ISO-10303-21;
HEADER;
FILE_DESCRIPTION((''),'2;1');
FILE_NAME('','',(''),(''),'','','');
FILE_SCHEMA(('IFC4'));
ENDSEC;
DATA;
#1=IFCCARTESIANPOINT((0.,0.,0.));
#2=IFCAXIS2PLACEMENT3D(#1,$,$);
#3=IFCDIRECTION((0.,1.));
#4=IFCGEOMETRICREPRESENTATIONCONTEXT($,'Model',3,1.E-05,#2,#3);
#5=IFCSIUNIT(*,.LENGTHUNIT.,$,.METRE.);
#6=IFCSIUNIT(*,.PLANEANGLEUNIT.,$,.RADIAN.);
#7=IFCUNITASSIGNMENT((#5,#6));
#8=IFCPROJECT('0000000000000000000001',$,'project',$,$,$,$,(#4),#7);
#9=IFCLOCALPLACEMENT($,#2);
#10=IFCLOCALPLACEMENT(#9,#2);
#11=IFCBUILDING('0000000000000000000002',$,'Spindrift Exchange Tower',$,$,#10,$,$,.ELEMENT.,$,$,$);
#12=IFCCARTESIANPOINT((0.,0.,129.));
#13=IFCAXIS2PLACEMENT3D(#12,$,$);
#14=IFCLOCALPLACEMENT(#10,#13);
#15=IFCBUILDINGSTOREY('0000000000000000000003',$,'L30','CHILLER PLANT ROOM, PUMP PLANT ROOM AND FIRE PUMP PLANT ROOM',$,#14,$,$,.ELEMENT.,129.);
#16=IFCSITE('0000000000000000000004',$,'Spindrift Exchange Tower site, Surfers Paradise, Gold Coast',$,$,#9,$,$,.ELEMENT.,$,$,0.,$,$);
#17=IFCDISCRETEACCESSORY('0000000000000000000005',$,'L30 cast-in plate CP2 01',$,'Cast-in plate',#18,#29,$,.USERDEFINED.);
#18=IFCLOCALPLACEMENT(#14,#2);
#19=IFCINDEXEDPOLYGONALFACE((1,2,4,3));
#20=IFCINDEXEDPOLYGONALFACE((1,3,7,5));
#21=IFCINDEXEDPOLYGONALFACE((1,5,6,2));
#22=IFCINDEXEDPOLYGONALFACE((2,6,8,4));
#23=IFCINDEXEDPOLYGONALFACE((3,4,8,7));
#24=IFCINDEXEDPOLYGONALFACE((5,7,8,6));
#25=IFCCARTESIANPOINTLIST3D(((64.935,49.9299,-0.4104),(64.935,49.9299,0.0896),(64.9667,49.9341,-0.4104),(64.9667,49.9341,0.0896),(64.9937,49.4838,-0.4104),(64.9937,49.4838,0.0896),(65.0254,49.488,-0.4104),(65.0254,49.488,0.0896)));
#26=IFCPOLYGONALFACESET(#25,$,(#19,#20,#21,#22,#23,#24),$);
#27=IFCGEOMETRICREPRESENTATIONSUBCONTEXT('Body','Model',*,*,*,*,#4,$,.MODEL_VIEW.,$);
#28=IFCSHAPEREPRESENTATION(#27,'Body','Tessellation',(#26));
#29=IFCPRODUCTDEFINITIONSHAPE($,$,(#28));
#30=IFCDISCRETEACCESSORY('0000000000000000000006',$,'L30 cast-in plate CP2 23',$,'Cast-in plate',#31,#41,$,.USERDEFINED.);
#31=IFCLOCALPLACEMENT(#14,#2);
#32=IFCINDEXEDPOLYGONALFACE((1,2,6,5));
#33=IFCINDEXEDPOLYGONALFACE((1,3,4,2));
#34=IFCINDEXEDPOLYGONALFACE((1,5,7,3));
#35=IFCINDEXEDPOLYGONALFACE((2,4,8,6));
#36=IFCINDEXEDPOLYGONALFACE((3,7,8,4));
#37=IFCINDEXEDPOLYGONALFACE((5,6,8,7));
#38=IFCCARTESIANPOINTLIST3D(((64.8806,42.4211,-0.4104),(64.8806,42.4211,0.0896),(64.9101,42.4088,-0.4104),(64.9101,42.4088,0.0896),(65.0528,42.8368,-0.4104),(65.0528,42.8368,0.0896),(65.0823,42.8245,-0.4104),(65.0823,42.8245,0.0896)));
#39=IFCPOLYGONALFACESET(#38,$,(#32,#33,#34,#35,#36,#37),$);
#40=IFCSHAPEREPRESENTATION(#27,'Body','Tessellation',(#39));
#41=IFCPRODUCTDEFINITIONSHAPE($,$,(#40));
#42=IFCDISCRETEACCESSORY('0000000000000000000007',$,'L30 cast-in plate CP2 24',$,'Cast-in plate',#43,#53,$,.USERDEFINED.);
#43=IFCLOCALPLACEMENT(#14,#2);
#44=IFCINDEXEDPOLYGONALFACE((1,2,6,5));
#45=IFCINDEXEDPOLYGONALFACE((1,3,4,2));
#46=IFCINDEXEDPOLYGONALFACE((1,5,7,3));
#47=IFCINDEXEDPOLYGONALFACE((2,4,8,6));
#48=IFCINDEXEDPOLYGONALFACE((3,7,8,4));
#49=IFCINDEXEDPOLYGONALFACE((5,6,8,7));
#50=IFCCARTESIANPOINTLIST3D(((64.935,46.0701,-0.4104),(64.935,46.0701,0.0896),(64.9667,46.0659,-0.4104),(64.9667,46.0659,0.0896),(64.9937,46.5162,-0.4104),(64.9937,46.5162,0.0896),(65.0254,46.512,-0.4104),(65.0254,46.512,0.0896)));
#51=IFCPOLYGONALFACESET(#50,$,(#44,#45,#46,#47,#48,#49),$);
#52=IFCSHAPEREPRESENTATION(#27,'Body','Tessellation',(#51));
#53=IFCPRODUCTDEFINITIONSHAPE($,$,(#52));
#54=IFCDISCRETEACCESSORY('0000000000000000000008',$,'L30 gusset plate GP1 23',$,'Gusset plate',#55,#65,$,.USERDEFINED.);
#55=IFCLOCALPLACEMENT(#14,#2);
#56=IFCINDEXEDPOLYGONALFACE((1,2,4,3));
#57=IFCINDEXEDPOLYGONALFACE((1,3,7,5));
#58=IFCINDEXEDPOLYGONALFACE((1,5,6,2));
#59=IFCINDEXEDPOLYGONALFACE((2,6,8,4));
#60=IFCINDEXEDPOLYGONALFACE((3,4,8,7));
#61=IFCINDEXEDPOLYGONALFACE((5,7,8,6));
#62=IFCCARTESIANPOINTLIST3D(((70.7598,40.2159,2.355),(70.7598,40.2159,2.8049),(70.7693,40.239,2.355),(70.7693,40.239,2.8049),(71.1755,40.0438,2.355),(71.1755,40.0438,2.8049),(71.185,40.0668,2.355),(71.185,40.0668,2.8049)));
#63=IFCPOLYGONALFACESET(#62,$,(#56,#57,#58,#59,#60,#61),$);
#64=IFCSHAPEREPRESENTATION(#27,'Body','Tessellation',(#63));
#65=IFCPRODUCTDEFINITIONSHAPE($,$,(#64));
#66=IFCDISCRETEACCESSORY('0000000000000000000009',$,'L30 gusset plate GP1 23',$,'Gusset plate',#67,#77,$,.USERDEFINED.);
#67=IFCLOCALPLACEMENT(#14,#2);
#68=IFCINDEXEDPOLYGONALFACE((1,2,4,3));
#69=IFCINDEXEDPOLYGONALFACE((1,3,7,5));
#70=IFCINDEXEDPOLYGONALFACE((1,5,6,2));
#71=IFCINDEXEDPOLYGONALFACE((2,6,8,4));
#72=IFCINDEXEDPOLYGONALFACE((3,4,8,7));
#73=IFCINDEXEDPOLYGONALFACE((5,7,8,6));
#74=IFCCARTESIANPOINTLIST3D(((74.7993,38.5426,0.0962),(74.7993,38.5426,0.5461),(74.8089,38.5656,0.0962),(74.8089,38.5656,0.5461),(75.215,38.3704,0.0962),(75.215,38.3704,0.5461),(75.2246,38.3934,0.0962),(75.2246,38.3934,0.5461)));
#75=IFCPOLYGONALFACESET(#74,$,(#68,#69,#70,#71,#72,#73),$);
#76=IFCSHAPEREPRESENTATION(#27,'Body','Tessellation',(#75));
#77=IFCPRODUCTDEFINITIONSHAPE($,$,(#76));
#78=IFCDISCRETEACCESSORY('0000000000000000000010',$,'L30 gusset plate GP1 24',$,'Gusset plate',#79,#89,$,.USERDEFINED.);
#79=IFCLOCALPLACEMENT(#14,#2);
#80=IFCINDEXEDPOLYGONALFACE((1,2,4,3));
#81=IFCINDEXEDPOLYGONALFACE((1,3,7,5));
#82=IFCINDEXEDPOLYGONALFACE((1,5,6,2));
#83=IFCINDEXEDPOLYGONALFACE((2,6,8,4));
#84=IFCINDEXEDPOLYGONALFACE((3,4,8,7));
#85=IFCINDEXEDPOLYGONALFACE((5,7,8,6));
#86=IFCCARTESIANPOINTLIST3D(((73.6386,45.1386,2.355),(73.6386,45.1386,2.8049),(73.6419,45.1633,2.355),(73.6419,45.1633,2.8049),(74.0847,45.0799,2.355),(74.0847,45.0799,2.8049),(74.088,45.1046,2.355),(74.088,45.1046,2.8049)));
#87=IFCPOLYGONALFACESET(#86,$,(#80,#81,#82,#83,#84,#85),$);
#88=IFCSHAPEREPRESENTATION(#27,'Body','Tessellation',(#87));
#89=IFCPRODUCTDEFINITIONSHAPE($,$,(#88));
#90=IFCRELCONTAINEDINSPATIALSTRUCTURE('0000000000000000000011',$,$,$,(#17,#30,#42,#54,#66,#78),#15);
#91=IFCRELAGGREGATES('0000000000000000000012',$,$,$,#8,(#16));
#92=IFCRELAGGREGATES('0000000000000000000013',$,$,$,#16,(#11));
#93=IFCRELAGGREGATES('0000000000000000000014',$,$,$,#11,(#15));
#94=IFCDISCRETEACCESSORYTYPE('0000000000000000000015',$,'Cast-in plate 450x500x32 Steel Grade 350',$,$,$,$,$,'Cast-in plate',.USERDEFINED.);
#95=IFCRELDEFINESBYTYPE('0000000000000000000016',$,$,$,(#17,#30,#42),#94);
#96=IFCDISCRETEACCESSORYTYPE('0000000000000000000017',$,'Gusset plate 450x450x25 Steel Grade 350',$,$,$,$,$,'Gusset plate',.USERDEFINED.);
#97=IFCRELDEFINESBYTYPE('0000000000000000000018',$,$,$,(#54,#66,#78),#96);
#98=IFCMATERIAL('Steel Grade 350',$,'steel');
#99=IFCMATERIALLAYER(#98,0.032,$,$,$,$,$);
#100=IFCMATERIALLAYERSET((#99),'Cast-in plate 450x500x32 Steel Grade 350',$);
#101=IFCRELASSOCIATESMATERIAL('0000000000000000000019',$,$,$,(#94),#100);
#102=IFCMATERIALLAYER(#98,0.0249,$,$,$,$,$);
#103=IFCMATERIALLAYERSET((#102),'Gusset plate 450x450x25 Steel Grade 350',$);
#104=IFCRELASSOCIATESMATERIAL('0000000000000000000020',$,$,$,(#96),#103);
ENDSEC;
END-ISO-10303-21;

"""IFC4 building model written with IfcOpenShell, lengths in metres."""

from ifc_helpers import new_model, si_unit, direction, frame, origin, origin_2d, place, context, subcontext, project, spatial, rectangle, extrude, source, transform, mapped, material, layer, layer_set, type_object, element, save


model = new_model("IFC4")

# Units and contexts
model_context = context("Model", 3, precision=1e-05, world=origin(), true_north=direction((0.0, 1.0)))
body_context = subcontext(model_context, "Body", "Model", "MODEL_VIEW")
ifc_project = project(units=[si_unit("LENGTHUNIT", "METRE"), si_unit("PLANEANGLEUNIT", "RADIAN")], contexts=[model_context])

# Site, building, storey
site_placement = place(None, origin())
site = spatial("IfcSite", under=ifc_project, at=site_placement, Name="Spindrift Exchange Tower site, Surfers Paradise, Gold Coast", CompositionType="ELEMENT", RefElevation=0.0)
building_placement = place(site_placement, origin())
building = spatial("IfcBuilding", under=site, at=building_placement, Name="Spindrift Exchange Tower", CompositionType="ELEMENT")
storey_placement = place(building_placement, frame((0.0, 0.0, 129.0)))
storey = spatial("IfcBuildingStorey", under=building, at=storey_placement, Name="L30", Description="CHILLER PLANT ROOM, PUMP PLANT ROOM AND FIRE PUMP PLANT ROOM", CompositionType="ELEMENT", Elevation=129.0)

# Discrete accessories
ifc_material_1 = material(Name="Steel Grade 350", Category="steel")
ifc_layer_1 = layer(ifc_material_1, 0.032)
ifc_layer_set_1 = layer_set([ifc_layer_1], Name="Cast-in plate 450x500x32 Steel Grade 350")
discrete_accessory_type_1 = type_object("IfcDiscreteAccessoryType", Name="Cast-in plate 450x500x32 Steel Grade 350", ElementType="Cast-in plate", PredefinedType="USERDEFINED", material=ifc_layer_set_1)
shared_shape_1 = source(origin(), body_context, "Body", "SweptSolid", [
    extrude(rectangle(XDim=0.032, YDim=0.45, at=origin_2d()), origin(), (0.0, 0.0, 1.0), 0.5),
])
for number, where, z_axis, x_axis, name in (
    (1, (64.9802, 49.709, -0.4104), (0.0, 0.0, 1.0), (0.991445, 0.130526, 0.0), "L30 cast-in plate CP2 01"),
    (2, (64.9814, 42.6228, -0.4104), (0.0, 0.0, 1.0), (0.92388, -0.382683, 0.0), "L30 cast-in plate CP2 23"),
    (3, (64.9802, 46.291, -0.4104), (0.0, 0.0, 1.0), (0.991445, -0.130526, 0.0), "L30 cast-in plate CP2 24"),
):
    element("IfcDiscreteAccessory", number, at=place(storey_placement, frame(where, z_axis=z_axis, x_axis=x_axis)), inside=storey, type_object=discrete_accessory_type_1, Name=name, ObjectType="Cast-in plate", PredefinedType="USERDEFINED", context=body_context, shape_type="MappedRepresentation", body=[
        mapped(shared_shape_1, transform((0.0, 0.0, 0.0), scale=1.0)),
    ])
ifc_layer_2 = layer(ifc_material_1, 0.0249)
ifc_layer_set_2 = layer_set([ifc_layer_2], Name="Gusset plate 450x450x25 Steel Grade 350")
discrete_accessory_type_2 = type_object("IfcDiscreteAccessoryType", Name="Gusset plate 450x450x25 Steel Grade 350", ElementType="Gusset plate", PredefinedType="USERDEFINED", material=ifc_layer_set_2)
shared_shape_2 = source(origin(), body_context, "Body", "SweptSolid", [
    extrude(rectangle(XDim=0.45, YDim=0.0249, at=origin_2d()), origin(), (0.0, 0.0, 1.0), 0.45),
])
for number, where, z_axis, x_axis, name in (
    (4, (70.9724, 40.1414, 2.355), (0.0, 0.0, 1.0), (0.923878, -0.382688, 0.0), "L30 gusset plate GP1 23"),
    (5, (75.012, 38.468, 0.0962), (0.0, 0.0, 1.0), (0.923878, -0.382688, 0.0), "L30 gusset plate GP1 23"),
    (6, (73.8633, 45.1216, 2.355), (0.0, 0.0, 1.0), (0.991444, -0.130533, 0.0), "L30 gusset plate GP1 24"),
):
    element("IfcDiscreteAccessory", number, at=place(storey_placement, frame(where, z_axis=z_axis, x_axis=x_axis)), inside=storey, type_object=discrete_accessory_type_2, Name=name, ObjectType="Gusset plate", PredefinedType="USERDEFINED", context=body_context, shape_type="MappedRepresentation", body=[
        mapped(shared_shape_2, transform((0.0, 0.0, 0.0), scale=1.0)),
    ])

save(model, "model.ifc")
